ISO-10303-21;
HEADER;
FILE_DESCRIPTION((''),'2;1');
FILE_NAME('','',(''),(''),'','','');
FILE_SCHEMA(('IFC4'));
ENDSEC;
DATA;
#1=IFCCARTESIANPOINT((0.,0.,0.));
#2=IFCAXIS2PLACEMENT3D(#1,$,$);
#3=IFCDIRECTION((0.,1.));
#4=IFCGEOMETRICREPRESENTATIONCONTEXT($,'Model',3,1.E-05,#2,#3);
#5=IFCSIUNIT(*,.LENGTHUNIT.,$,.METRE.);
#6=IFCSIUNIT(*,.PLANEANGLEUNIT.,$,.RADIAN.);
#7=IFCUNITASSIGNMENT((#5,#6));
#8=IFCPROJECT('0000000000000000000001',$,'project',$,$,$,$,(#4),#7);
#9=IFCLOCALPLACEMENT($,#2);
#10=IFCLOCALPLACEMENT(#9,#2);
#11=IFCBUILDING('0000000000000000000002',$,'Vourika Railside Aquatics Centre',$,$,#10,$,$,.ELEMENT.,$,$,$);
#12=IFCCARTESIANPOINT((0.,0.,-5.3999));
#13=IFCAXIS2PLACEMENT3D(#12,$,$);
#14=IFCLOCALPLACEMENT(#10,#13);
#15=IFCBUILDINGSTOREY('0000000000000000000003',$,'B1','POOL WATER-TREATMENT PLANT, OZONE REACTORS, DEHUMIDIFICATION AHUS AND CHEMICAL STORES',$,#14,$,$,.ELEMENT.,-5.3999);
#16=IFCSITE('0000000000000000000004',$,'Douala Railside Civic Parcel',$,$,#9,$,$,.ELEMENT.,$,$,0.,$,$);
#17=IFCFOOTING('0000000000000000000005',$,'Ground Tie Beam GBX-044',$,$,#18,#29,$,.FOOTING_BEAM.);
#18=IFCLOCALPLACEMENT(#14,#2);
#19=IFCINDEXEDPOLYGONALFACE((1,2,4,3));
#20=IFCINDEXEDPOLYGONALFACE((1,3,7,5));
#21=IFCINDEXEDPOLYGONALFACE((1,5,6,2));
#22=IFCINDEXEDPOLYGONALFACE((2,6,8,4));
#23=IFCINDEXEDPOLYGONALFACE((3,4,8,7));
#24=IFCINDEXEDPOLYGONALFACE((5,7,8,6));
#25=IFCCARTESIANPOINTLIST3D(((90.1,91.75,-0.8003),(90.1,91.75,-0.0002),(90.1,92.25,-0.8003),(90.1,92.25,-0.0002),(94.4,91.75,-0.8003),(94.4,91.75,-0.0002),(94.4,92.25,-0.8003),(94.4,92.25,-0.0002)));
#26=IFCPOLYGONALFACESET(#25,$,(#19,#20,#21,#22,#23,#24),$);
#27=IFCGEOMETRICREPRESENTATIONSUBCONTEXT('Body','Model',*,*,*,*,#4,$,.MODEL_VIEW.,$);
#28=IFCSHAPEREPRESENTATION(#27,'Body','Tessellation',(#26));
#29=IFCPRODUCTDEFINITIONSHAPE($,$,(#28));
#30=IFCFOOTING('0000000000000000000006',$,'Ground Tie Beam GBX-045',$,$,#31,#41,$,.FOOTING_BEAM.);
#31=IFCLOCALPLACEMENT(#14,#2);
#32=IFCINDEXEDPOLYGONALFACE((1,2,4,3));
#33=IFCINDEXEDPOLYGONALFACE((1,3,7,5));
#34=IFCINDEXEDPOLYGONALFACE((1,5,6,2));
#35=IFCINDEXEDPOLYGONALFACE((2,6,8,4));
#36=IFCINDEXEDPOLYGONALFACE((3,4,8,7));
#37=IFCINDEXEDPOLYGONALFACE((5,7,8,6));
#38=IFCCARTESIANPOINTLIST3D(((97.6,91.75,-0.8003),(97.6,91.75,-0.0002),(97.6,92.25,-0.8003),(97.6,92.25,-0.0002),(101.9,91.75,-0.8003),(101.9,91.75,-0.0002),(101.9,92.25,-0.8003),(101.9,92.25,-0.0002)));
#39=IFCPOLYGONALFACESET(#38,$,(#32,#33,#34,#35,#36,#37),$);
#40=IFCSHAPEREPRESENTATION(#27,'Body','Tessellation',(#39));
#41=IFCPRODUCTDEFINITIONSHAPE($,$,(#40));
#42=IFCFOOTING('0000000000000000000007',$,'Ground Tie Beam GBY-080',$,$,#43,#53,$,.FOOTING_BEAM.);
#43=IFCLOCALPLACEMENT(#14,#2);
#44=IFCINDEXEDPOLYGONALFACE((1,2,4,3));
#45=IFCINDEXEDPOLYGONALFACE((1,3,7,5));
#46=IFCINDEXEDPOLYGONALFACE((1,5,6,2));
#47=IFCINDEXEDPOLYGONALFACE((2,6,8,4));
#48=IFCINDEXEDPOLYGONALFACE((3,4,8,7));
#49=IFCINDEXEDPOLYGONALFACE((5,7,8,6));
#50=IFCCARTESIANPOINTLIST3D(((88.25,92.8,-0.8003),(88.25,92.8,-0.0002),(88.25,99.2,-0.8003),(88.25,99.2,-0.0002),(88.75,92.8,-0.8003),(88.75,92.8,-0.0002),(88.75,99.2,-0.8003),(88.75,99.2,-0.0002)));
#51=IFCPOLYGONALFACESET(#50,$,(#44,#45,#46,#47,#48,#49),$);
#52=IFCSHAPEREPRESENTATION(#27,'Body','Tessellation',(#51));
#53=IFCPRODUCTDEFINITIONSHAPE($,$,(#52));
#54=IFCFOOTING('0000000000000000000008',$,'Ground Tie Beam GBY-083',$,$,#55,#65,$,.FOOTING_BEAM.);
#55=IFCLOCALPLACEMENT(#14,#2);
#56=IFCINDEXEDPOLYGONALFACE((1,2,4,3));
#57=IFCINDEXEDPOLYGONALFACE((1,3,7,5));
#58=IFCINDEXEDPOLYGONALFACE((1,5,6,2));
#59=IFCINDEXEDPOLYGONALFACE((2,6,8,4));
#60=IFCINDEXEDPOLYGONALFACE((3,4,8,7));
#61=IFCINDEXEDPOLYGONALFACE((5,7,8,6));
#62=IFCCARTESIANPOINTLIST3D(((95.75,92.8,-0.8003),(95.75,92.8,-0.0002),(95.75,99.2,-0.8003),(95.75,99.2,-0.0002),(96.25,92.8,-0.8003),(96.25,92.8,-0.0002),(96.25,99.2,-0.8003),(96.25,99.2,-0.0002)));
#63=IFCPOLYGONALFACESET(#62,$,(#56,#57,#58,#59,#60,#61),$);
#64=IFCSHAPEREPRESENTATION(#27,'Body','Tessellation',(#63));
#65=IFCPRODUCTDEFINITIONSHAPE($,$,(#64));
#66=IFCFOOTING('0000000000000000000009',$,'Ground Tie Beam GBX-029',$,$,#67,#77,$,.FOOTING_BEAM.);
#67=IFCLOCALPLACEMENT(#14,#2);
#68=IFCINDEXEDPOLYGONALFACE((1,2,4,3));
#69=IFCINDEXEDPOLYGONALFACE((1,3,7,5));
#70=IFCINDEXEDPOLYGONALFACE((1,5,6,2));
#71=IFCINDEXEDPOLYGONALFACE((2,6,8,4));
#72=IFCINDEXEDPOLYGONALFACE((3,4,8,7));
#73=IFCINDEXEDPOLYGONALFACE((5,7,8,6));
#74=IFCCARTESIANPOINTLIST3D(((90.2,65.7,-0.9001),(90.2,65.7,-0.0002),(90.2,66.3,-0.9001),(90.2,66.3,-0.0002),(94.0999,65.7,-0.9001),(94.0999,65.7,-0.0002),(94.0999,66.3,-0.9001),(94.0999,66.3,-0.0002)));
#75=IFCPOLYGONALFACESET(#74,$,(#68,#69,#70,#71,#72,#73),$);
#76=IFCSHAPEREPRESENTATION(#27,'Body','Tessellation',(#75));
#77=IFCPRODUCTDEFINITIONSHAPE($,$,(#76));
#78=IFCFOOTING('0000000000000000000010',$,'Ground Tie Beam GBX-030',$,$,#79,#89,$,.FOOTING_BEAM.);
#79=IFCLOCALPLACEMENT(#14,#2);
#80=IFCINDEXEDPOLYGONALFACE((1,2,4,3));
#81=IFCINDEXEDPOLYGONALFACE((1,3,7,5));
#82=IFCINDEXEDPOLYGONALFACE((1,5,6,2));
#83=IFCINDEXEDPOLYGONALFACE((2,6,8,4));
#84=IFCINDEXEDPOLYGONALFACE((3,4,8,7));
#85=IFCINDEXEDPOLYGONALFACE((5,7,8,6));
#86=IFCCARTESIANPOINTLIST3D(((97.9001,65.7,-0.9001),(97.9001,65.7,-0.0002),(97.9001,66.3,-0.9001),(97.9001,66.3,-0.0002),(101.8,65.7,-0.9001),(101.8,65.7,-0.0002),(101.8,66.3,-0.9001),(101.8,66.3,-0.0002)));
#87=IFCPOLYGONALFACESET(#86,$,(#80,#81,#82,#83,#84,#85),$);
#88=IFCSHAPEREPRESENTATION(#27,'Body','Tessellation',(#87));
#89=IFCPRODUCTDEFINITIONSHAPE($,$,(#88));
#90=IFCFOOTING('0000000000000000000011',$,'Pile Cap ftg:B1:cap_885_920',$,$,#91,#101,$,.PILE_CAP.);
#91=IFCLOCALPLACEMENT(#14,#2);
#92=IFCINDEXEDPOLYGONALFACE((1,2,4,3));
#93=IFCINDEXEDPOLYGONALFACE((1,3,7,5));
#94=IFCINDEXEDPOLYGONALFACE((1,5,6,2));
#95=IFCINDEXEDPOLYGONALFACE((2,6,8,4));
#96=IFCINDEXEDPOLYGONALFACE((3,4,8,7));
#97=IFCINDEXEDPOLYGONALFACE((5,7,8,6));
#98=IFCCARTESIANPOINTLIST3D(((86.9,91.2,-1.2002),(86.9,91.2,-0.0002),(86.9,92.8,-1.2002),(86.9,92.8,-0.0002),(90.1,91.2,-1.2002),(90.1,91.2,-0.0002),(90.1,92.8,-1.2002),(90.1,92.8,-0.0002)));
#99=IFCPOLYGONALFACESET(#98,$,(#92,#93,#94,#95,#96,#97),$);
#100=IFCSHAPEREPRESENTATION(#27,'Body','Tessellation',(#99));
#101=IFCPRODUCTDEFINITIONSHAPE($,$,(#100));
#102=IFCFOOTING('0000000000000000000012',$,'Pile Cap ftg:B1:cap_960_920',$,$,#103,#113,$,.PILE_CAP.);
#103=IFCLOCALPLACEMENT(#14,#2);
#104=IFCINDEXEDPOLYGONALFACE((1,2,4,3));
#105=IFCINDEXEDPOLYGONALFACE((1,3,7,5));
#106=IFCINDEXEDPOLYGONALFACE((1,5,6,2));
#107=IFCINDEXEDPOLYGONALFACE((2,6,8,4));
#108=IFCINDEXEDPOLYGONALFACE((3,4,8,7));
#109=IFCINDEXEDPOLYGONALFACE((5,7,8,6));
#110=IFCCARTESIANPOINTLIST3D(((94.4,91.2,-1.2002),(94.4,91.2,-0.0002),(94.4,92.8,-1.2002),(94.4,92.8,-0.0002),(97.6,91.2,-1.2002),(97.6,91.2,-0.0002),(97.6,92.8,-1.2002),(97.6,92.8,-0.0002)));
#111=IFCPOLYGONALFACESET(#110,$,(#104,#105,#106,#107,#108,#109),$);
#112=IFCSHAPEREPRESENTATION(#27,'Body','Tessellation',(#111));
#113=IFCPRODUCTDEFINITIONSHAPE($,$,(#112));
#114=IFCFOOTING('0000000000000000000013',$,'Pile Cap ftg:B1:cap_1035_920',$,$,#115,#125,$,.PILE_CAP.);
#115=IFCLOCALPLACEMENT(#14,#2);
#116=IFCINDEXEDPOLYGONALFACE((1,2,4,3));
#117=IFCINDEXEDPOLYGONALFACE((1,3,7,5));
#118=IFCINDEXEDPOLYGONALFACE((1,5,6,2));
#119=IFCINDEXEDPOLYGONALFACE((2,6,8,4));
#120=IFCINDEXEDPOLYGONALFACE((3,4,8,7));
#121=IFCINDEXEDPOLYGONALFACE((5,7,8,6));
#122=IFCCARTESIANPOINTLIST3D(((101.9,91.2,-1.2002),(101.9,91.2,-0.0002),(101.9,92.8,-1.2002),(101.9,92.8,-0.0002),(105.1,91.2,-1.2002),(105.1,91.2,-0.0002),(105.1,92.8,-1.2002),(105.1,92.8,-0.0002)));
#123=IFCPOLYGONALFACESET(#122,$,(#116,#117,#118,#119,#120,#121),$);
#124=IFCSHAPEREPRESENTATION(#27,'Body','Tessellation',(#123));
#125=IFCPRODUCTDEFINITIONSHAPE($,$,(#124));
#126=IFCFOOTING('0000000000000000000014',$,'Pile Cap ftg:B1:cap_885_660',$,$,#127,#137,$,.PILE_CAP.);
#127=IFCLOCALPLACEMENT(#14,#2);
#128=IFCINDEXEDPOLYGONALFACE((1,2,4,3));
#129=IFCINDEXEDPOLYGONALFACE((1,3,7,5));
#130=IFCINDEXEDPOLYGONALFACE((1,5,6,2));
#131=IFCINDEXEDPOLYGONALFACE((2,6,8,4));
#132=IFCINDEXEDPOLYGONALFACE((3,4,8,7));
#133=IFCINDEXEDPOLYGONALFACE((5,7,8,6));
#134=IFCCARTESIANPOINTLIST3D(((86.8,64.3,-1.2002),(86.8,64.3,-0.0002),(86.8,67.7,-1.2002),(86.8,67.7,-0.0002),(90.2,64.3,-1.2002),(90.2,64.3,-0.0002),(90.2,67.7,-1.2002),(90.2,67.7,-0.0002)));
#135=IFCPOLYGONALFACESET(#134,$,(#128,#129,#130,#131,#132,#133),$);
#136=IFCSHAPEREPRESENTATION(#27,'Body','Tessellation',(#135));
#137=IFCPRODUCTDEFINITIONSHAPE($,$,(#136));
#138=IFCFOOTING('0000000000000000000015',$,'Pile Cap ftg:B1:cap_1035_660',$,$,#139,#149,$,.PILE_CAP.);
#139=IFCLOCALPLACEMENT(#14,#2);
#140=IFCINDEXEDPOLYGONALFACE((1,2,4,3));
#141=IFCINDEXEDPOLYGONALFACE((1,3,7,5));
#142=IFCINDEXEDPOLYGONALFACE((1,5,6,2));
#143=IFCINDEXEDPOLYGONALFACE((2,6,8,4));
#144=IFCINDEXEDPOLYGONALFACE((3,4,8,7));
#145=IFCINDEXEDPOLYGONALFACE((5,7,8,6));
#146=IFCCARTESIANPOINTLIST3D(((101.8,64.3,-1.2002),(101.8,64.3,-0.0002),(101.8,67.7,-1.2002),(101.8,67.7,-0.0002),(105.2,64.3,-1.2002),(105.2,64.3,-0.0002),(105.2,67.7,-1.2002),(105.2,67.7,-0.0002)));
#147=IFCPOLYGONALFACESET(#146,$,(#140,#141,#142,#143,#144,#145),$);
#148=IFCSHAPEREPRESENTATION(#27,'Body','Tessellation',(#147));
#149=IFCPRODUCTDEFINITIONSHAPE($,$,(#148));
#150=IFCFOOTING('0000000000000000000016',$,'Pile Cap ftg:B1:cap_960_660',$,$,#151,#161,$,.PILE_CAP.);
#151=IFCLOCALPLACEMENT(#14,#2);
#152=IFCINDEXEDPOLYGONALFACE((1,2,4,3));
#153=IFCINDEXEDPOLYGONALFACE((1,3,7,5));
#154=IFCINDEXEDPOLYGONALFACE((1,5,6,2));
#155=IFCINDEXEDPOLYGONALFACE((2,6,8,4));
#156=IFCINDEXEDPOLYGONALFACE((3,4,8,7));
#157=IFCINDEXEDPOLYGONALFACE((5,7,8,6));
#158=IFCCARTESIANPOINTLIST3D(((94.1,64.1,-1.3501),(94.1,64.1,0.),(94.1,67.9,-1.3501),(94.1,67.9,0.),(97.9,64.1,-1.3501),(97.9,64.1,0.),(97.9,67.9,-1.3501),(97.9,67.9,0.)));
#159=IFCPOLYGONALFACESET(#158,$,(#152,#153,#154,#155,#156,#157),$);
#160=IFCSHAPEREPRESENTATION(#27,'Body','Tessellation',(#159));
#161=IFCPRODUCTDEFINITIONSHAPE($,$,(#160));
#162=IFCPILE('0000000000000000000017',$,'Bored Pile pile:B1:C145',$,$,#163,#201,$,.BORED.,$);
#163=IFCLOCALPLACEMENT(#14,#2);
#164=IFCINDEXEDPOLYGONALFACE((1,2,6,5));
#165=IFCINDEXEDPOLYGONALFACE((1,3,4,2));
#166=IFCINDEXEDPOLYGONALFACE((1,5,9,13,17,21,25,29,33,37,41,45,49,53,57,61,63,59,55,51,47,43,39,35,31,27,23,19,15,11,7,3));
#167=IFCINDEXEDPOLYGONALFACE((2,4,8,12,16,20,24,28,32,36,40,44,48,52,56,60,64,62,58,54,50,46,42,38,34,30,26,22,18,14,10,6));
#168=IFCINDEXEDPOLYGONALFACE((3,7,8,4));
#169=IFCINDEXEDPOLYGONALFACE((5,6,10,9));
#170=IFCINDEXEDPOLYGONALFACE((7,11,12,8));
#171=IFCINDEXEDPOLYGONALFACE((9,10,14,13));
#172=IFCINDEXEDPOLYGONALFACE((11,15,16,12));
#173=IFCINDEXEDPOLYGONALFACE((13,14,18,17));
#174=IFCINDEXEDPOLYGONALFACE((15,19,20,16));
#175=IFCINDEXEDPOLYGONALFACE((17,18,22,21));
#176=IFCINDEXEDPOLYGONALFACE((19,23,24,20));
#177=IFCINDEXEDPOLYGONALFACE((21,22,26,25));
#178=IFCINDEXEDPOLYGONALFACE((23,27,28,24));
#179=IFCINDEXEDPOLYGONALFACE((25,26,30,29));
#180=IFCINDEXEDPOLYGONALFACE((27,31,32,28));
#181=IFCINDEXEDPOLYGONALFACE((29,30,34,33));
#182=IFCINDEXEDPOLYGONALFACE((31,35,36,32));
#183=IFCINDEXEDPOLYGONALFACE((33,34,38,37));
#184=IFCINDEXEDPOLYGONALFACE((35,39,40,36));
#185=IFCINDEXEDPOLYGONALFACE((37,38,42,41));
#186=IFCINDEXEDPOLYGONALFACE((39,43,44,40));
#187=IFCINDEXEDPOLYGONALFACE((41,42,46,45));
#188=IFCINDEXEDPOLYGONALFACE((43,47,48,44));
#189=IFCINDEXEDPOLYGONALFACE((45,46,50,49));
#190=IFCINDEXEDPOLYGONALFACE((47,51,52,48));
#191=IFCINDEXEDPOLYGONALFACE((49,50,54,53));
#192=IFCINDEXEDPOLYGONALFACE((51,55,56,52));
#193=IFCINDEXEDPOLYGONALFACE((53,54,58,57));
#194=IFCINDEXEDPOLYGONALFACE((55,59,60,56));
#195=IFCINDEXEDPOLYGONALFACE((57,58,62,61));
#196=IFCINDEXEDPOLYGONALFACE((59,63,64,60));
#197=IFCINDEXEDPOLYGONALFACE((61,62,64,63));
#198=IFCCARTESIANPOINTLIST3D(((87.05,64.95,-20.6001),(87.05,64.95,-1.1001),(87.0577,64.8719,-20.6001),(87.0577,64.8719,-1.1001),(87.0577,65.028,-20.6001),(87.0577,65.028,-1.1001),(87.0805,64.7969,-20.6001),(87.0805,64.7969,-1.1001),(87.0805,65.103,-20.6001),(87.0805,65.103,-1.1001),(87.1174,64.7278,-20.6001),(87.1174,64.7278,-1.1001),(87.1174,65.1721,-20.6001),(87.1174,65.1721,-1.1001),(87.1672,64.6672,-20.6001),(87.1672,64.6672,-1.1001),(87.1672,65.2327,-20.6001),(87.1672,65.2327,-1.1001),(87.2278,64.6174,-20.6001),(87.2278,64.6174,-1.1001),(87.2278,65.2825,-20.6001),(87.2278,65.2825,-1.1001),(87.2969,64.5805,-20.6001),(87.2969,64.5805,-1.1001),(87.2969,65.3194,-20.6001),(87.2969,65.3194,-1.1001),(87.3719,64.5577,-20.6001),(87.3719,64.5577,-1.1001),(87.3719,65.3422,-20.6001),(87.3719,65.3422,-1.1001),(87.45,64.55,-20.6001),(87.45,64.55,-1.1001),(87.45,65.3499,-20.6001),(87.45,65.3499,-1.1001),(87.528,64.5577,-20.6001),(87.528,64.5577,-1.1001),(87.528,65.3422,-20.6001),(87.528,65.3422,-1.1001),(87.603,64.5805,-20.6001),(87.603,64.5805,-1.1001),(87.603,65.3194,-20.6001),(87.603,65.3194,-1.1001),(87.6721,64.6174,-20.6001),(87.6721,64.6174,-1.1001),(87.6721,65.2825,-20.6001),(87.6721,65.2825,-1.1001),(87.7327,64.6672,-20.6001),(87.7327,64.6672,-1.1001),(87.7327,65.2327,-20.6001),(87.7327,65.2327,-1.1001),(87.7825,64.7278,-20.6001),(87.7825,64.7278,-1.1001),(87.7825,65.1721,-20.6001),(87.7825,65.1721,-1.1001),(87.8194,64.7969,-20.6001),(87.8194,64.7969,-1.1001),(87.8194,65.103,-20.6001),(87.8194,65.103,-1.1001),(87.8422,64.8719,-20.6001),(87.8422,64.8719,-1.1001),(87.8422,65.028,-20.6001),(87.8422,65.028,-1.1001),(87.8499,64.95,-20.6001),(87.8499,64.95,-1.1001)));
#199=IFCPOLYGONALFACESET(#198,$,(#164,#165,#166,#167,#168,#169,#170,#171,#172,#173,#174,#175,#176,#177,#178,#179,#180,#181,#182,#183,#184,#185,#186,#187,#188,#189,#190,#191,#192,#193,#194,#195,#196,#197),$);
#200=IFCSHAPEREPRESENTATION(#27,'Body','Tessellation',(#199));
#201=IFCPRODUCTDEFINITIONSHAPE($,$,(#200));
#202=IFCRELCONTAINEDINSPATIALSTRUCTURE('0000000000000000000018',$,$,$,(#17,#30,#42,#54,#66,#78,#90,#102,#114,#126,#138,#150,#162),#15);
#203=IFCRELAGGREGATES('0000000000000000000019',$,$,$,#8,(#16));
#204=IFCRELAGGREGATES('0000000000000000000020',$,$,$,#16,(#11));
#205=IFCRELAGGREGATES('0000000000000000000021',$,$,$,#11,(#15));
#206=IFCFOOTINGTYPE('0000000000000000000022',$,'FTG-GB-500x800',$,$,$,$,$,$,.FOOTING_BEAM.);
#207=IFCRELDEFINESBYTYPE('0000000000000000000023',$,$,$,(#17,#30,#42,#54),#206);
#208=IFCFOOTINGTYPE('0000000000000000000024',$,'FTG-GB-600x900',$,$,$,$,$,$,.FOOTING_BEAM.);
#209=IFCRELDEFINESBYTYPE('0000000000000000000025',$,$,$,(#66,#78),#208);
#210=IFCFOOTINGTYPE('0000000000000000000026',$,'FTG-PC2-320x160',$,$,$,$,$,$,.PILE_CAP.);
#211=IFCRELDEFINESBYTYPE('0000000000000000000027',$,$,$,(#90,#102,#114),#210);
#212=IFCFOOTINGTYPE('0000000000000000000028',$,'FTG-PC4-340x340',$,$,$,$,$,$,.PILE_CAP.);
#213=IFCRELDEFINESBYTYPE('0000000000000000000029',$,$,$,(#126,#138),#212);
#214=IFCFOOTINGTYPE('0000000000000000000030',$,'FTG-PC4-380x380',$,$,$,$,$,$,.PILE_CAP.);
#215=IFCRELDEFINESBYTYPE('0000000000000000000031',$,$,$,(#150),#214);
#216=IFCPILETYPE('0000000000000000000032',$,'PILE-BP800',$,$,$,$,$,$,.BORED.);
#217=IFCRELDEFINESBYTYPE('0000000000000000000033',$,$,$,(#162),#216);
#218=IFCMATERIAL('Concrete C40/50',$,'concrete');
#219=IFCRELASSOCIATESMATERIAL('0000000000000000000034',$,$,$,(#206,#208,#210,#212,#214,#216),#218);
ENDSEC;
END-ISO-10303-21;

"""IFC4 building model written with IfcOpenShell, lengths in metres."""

from ifc_helpers import new_model, si_unit, direction, frame, origin, origin_2d, place, context, subcontext, project, spatial, rectangle, circle, extrude, material, material_profile, profile_set, type_object, element, save


model = new_model("IFC4")

# Units and contexts
model_context = context("Model", 3, precision=1e-05, world=origin(), true_north=direction((0.0, 1.0)))
body_context = subcontext(model_context, "Body", "Model", "MODEL_VIEW")
ifc_project = project(units=[si_unit("LENGTHUNIT", "METRE"), si_unit("PLANEANGLEUNIT", "RADIAN")], contexts=[model_context])

# Site, building, storey
site_placement = place(None, origin())
site = spatial("IfcSite", under=ifc_project, at=site_placement, Name="Douala Railside Civic Parcel", CompositionType="ELEMENT", RefElevation=0.0)
building_placement = place(site_placement, origin())
building = spatial("IfcBuilding", under=site, at=building_placement, Name="Vourika Railside Aquatics Centre", CompositionType="ELEMENT")
storey_placement = place(building_placement, frame((0.0, 0.0, -5.3999)))
storey = spatial("IfcBuildingStorey", under=building, at=storey_placement, Name="B1", Description="POOL WATER-TREATMENT PLANT, OZONE REACTORS, DEHUMIDIFICATION AHUS AND CHEMICAL STORES", CompositionType="ELEMENT", Elevation=-5.3999)

# Footings
ifc_material = material(Name="Concrete C40/50", Category="concrete")
footing_type_1 = type_object("IfcFootingType", Name="FTG-GB-500x800", PredefinedType="FOOTING_BEAM", material=ifc_material)
for number, where, z_axis, x_axis, name in (
    (1, (92.25, 92.0, -0.8003), (0.0, 0.0, 1.0), (1.0, 0.0, 0.0), "Ground Tie Beam GBX-044"),
    (2, (99.75, 92.0, -0.8003), (0.0, 0.0, 1.0), (1.0, 0.0, 0.0), "Ground Tie Beam GBX-045"),
):
    element("IfcFooting", number, at=place(storey_placement, frame(where, z_axis=z_axis, x_axis=x_axis)), inside=storey, type_object=footing_type_1, Name=name, PredefinedType="FOOTING_BEAM", context=body_context, shape_type="SweptSolid", body=[
        extrude(rectangle(XDim=4.3, YDim=0.5, at=origin_2d()), origin(), (0.0, 0.0, 1.0), 0.8),
    ])
for number, where, z_axis, x_axis, name in (
    (3, (88.5, 96.0, -0.8003), (0.0, 0.0, 1.0), (0.0, 1.0, 0.0), "Ground Tie Beam GBY-080"),
    (4, (96.0, 96.0, -0.8003), (0.0, 0.0, 1.0), (0.0, 1.0, 0.0), "Ground Tie Beam GBY-083"),
):
    element("IfcFooting", number, at=place(storey_placement, frame(where, z_axis=z_axis, x_axis=x_axis)), inside=storey, type_object=footing_type_1, Name=name, PredefinedType="FOOTING_BEAM", context=body_context, shape_type="SweptSolid", body=[
        extrude(rectangle(XDim=6.3999, YDim=0.5, at=origin_2d()), origin(), (0.0, 0.0, 1.0), 0.8),
    ])
footing_type_2 = type_object("IfcFootingType", Name="FTG-GB-600x900", PredefinedType="FOOTING_BEAM", material=ifc_material)
for number, where, z_axis, x_axis, name in (
    (5, (92.1499, 66.0, -0.9001), (0.0, 0.0, 1.0), (1.0, 0.0, 0.0), "Ground Tie Beam GBX-029"),
    (6, (99.8501, 66.0, -0.9001), (0.0, 0.0, 1.0), (1.0, 0.0, 0.0), "Ground Tie Beam GBX-030"),
):
    element("IfcFooting", number, at=place(storey_placement, frame(where, z_axis=z_axis, x_axis=x_axis)), inside=storey, type_object=footing_type_2, Name=name, PredefinedType="FOOTING_BEAM", context=body_context, shape_type="SweptSolid", body=[
        extrude(rectangle(XDim=3.8999, YDim=0.6001, at=origin_2d()), origin(), (0.0, 0.0, 1.0), 0.8999),
    ])
footing_type_3 = type_object("IfcFootingType", Name="FTG-PC2-320x160", PredefinedType="PILE_CAP", material=ifc_material)
for number, where, z_axis, x_axis, name in (
    (7, (88.5, 92.0, -1.2002), (0.0, 0.0, 1.0), (1.0, 0.0, 0.0), "Pile Cap ftg:B1:cap_885_920"),
    (8, (96.0, 92.0, -1.2002), (0.0, 0.0, 1.0), (1.0, 0.0, 0.0), "Pile Cap ftg:B1:cap_960_920"),
    (9, (103.5, 92.0, -1.2002), (0.0, 0.0, 1.0), (1.0, 0.0, 0.0), "Pile Cap ftg:B1:cap_1035_920"),
):
    element("IfcFooting", number, at=place(storey_placement, frame(where, z_axis=z_axis, x_axis=x_axis)), inside=storey, type_object=footing_type_3, Name=name, PredefinedType="PILE_CAP", context=body_context, shape_type="SweptSolid", body=[
        extrude(rectangle(XDim=3.2, YDim=1.6001, at=origin_2d()), origin(), (0.0, 0.0, 1.0), 1.2),
    ])
footing_type_4 = type_object("IfcFootingType", Name="FTG-PC4-340x340", PredefinedType="PILE_CAP", material=ifc_material)
for number, where, z_axis, x_axis, name in (
    (10, (88.5, 66.0, -1.2002), (0.0, 0.0, 1.0), (1.0, 0.0, 0.0), "Pile Cap ftg:B1:cap_885_660"),
    (11, (103.5, 66.0, -1.2002), (0.0, 0.0, 1.0), (1.0, 0.0, 0.0), "Pile Cap ftg:B1:cap_1035_660"),
):
    element("IfcFooting", number, at=place(storey_placement, frame(where, z_axis=z_axis, x_axis=x_axis)), inside=storey, type_object=footing_type_4, Name=name, PredefinedType="PILE_CAP", context=body_context, shape_type="SweptSolid", body=[
        extrude(rectangle(XDim=3.3999, YDim=3.3999, at=origin_2d()), origin(), (0.0, 0.0, 1.0), 1.2),
    ])
footing_type_5 = type_object("IfcFootingType", Name="FTG-PC4-380x380", PredefinedType="PILE_CAP", material=ifc_material)
footing_placement = place(storey_placement, frame((96.0, 66.0, -1.3501), z_axis=(0.0, 0.0, 1.0), x_axis=(1.0, 0.0, 0.0)))
element("IfcFooting", 12, at=footing_placement, inside=storey, type_object=footing_type_5, Name="Pile Cap ftg:B1:cap_960_660", PredefinedType="PILE_CAP", context=body_context, shape_type="SweptSolid", body=[
    extrude(rectangle(XDim=3.8, YDim=3.8, at=origin_2d()), origin(), (0.0, 0.0, 1.0), 1.3501),
])

# Pile
ifc_material_profile_1 = material_profile(ifc_material, circle(Radius=0.3999, at=origin_2d()), Name="BP 800")
ifc_profile_set_1 = profile_set([ifc_material_profile_1], Name="Concrete C40/50")
pile_type_1 = type_object("IfcPileType", Name="PILE-BP800", PredefinedType="BORED", material=ifc_profile_set_1)
for number, where, z_axis, x_axis, name in (
    (13, (87.45, 64.95, -1.1001), (0.0, 0.0, -1.0), (1.0, 0.0, 0.0), "Bored Pile pile:B1:C145"),
):
    element("IfcPile", number, at=place(storey_placement, frame(where, z_axis=z_axis, x_axis=x_axis)), inside=storey, type_object=pile_type_1, Name=name, PredefinedType="BORED", context=body_context, shape_type="SweptSolid", body=[
        extrude(circle(Radius=0.3999, at=origin_2d()), origin(), (0.0, 0.0, 1.0), 19.5),
    ])

save(model, "model.ifc")
